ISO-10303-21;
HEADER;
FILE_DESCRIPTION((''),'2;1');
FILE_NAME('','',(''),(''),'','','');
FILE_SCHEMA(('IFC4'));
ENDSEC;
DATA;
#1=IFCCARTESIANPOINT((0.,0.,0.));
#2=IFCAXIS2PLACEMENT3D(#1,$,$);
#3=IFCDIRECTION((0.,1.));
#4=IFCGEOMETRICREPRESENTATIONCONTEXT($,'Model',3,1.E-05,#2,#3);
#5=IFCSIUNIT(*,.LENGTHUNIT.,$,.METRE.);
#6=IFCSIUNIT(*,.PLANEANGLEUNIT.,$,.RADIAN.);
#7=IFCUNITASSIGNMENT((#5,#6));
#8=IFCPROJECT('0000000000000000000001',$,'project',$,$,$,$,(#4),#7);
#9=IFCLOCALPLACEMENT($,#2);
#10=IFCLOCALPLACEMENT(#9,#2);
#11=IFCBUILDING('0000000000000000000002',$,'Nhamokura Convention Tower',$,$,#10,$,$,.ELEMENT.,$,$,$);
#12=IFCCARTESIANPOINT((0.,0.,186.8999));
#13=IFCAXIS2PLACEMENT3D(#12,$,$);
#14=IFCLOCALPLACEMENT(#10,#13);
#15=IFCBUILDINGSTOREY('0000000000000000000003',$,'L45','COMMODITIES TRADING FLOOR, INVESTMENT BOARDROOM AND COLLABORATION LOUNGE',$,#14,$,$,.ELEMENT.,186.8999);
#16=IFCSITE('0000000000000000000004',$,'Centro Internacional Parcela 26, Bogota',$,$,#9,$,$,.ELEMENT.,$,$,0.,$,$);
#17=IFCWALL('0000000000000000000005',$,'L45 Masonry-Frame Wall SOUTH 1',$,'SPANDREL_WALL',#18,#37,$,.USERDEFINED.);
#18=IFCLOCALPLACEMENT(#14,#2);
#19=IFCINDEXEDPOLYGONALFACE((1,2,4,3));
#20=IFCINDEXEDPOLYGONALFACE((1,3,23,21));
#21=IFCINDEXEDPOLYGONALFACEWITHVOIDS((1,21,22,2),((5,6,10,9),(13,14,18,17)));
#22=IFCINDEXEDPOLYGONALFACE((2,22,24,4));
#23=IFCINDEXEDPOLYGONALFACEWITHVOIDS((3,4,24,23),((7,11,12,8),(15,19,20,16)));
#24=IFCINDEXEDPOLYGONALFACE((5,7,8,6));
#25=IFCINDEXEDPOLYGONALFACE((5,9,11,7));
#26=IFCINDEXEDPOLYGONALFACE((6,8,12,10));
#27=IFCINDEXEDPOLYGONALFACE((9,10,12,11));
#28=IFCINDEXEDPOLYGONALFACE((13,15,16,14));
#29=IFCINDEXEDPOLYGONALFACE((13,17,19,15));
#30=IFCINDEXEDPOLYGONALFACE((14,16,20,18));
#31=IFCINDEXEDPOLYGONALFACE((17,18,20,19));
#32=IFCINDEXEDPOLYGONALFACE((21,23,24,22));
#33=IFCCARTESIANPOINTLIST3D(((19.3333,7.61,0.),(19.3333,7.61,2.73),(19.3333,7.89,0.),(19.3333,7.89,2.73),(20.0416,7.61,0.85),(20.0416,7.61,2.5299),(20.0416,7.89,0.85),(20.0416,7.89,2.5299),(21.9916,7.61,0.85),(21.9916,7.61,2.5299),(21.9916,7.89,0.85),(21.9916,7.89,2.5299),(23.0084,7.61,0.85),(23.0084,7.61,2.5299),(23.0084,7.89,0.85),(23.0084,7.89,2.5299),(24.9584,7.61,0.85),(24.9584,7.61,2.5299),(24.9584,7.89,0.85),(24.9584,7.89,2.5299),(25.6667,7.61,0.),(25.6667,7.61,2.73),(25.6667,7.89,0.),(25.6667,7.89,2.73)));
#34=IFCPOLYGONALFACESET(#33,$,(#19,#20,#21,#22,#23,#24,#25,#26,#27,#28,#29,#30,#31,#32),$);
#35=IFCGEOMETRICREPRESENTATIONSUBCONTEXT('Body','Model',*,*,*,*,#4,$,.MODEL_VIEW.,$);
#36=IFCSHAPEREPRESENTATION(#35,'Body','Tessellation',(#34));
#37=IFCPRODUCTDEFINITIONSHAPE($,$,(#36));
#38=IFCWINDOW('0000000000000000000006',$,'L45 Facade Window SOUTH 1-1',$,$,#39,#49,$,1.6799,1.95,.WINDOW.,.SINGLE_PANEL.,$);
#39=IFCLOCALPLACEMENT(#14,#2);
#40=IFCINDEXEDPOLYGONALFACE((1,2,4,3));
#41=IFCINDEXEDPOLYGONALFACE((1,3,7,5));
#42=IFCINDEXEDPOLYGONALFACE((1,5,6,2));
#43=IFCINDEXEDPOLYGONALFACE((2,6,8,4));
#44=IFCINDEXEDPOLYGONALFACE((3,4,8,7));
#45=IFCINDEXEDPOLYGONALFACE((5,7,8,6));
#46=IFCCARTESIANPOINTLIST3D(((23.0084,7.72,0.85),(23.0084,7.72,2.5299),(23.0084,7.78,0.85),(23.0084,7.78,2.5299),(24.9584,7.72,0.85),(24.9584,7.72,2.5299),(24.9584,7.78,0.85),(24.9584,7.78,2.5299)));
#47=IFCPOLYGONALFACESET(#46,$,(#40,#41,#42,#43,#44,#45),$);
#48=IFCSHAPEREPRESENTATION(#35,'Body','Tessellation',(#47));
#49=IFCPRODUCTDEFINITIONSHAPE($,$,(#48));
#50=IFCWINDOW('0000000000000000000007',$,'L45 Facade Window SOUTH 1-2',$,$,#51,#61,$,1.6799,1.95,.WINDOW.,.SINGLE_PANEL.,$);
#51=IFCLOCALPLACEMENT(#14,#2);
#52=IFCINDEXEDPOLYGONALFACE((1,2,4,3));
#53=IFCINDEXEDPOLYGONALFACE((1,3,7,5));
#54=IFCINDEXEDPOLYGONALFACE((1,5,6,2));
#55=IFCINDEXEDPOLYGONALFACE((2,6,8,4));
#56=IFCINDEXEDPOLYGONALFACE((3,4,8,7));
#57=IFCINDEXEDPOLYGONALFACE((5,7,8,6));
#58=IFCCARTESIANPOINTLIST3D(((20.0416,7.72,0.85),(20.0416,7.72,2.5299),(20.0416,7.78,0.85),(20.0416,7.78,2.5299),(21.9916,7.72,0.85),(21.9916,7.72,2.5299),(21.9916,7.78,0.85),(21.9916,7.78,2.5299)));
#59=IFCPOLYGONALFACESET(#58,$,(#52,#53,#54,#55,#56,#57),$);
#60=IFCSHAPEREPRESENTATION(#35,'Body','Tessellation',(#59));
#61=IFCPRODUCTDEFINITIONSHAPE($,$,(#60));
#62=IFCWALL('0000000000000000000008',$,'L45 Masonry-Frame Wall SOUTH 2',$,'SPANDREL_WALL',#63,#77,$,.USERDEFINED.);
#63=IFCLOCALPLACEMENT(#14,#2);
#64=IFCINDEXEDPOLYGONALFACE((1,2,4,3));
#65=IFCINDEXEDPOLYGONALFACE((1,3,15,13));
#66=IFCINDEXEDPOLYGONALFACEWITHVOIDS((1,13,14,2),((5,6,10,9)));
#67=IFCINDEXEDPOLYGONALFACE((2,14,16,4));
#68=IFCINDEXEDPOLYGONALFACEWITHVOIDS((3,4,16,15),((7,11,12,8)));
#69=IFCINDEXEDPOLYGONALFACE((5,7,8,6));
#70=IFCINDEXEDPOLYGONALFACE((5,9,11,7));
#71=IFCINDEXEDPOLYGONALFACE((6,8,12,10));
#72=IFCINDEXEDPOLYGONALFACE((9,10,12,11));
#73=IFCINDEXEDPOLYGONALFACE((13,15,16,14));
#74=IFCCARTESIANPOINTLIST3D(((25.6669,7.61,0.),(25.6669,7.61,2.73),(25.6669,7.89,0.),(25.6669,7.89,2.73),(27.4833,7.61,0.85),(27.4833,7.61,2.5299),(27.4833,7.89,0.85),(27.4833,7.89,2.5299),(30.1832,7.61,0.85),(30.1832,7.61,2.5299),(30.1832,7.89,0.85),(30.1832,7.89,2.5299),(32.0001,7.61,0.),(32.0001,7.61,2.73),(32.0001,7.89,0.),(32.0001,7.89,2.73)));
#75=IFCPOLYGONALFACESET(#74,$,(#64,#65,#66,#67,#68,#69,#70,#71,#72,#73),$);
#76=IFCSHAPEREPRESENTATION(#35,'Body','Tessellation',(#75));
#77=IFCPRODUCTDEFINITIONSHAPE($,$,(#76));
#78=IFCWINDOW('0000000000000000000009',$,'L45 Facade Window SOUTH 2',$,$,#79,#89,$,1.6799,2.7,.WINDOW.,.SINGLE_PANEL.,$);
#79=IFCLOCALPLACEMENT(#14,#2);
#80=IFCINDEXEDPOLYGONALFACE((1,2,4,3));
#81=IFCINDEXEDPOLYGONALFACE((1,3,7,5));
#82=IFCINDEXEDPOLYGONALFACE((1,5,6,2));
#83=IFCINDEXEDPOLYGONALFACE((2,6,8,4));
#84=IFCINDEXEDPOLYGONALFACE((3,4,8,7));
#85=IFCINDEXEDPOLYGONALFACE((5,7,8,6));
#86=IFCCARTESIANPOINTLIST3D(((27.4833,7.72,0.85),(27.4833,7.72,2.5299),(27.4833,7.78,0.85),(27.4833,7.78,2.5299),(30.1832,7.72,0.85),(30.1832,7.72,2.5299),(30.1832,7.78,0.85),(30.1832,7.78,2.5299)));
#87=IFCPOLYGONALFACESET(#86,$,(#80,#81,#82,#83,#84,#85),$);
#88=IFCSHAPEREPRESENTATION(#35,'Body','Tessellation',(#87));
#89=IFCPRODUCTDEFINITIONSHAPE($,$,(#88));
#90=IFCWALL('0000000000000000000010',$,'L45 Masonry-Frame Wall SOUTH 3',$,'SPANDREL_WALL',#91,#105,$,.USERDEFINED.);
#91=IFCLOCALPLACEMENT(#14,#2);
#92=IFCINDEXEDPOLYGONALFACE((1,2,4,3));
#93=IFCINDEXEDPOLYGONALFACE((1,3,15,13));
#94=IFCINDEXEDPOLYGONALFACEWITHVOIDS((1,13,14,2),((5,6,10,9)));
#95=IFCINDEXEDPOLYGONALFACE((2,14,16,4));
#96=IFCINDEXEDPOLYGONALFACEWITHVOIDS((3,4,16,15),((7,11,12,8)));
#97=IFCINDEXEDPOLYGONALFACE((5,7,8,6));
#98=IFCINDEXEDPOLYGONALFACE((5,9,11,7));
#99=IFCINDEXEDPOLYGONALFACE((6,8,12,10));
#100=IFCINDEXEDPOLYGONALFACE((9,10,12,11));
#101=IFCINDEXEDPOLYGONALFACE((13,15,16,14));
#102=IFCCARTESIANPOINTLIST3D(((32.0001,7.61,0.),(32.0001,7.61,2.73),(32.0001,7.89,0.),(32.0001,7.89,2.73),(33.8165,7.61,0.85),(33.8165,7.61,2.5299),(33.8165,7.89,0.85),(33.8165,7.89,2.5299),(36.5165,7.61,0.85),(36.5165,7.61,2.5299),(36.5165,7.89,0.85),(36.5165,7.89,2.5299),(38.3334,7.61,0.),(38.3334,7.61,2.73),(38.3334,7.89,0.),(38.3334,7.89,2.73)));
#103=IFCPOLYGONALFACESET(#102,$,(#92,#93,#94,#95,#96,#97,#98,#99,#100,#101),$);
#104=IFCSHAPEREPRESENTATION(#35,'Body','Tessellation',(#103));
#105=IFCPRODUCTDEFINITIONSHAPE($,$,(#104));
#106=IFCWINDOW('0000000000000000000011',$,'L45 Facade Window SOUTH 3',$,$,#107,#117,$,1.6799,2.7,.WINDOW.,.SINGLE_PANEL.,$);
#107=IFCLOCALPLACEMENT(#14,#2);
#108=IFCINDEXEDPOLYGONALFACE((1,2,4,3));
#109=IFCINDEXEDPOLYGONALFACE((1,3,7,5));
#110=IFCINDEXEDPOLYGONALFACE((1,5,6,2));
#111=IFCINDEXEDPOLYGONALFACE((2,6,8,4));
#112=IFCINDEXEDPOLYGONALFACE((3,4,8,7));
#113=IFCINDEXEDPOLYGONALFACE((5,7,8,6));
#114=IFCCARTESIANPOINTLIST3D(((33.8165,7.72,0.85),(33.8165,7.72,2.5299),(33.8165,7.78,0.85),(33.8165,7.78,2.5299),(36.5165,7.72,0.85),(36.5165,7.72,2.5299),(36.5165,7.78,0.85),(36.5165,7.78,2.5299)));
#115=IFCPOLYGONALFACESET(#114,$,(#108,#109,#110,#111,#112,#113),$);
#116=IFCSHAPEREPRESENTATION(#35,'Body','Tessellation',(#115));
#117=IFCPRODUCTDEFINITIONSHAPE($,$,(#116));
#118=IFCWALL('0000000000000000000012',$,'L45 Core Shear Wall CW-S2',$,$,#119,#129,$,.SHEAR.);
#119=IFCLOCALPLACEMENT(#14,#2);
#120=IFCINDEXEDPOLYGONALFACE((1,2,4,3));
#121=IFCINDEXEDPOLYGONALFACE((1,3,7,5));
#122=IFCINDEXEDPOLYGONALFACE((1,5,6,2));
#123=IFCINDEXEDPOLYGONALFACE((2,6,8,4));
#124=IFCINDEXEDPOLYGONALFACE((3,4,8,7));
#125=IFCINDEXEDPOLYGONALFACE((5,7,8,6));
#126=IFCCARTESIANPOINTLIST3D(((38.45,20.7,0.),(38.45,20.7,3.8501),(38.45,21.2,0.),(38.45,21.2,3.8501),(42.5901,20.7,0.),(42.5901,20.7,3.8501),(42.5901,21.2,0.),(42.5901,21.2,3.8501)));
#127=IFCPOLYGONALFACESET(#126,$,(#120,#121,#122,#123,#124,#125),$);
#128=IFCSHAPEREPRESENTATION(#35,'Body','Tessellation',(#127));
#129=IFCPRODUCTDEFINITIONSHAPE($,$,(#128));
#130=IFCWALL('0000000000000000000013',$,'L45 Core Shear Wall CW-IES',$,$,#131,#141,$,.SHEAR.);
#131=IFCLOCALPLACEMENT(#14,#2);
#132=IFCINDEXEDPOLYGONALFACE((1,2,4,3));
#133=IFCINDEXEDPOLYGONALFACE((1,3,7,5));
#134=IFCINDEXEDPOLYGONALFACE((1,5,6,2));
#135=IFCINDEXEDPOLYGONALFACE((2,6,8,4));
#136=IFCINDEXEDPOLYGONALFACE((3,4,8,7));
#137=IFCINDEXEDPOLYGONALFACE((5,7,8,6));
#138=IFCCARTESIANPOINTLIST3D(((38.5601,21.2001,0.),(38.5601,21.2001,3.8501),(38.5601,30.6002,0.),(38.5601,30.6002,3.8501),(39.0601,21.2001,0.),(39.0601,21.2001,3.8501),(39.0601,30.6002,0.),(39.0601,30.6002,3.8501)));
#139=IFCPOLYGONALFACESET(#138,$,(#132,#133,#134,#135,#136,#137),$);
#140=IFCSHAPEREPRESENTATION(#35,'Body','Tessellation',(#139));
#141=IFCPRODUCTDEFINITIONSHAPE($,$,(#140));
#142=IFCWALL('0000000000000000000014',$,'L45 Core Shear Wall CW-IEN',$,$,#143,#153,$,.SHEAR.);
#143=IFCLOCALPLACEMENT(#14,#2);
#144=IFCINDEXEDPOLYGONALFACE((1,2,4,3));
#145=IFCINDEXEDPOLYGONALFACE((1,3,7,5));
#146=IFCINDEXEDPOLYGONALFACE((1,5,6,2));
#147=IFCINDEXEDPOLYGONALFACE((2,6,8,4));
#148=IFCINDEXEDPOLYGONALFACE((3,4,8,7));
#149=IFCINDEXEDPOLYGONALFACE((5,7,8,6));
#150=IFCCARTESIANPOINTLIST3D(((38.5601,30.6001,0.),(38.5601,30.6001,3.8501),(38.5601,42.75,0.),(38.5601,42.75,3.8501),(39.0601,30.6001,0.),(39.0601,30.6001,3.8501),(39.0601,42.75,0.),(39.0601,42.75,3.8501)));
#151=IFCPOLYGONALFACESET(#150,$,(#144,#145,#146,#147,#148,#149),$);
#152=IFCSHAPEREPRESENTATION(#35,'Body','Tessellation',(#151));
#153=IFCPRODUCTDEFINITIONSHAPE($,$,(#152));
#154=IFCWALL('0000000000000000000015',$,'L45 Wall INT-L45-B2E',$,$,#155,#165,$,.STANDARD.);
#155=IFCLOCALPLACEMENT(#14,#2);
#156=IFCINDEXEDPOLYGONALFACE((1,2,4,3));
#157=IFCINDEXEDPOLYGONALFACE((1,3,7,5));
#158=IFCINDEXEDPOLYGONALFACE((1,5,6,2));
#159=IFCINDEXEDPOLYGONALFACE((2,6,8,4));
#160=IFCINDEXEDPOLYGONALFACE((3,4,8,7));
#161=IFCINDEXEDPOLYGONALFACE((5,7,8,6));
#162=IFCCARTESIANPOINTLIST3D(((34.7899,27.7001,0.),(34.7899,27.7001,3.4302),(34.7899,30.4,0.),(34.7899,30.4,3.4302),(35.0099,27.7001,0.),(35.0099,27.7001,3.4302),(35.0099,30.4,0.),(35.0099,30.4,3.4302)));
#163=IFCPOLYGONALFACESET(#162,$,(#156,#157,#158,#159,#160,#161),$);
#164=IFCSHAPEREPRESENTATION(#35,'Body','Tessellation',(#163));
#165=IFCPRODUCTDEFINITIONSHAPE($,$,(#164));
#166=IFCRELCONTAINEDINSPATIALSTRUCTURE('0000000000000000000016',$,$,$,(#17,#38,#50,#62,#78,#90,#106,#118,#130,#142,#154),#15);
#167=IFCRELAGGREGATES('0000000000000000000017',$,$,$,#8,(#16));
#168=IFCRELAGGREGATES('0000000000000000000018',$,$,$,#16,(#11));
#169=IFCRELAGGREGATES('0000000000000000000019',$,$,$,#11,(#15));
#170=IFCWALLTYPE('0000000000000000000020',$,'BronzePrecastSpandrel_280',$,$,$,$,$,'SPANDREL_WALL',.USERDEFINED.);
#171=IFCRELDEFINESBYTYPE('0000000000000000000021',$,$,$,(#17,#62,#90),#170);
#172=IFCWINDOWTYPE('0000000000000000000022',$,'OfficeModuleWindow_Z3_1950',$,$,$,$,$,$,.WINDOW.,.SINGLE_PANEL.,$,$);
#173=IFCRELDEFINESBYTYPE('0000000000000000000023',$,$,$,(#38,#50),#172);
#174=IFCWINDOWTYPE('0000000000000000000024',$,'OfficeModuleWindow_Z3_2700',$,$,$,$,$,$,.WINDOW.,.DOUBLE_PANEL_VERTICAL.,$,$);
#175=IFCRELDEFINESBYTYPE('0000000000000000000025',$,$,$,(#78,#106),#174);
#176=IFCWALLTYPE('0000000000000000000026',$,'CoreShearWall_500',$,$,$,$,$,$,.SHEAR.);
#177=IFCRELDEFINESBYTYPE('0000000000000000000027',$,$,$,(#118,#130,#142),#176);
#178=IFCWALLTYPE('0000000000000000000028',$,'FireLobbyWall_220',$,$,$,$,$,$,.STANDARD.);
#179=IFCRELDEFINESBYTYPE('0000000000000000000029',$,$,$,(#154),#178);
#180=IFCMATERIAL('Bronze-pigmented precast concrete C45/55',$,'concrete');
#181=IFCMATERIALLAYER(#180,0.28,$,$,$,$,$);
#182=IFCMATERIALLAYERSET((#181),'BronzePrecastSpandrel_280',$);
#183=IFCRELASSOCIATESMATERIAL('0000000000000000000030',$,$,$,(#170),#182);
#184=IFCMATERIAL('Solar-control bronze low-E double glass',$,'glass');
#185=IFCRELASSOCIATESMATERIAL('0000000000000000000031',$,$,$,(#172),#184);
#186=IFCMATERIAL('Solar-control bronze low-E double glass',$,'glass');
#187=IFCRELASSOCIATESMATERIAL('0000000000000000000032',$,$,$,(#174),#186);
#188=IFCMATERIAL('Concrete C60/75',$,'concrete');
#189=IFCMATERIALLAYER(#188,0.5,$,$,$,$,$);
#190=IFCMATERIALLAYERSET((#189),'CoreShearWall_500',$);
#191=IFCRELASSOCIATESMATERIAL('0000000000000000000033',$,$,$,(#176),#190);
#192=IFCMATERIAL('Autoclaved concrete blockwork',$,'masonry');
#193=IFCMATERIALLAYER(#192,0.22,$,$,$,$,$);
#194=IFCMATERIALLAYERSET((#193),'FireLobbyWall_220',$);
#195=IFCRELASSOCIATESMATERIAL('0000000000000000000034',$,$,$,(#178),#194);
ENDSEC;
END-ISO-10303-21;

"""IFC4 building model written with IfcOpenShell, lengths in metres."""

from ifc_helpers import new_model, si_unit, direction, frame, frame_2d, origin, place, context, subcontext, project, spatial, rectangle, extrude, material, layer, layer_set, type_object, element, fill, save


model = new_model("IFC4")

# Units and contexts
model_context = context("Model", 3, precision=1e-05, world=origin(), true_north=direction((0.0, 1.0)))
body_context = subcontext(model_context, "Body", "Model", "MODEL_VIEW")
ifc_project = project(units=[si_unit("LENGTHUNIT", "METRE"), si_unit("PLANEANGLEUNIT", "RADIAN")], contexts=[model_context])

# Site, building, storey
site_placement = place(None, origin())
site = spatial("IfcSite", under=ifc_project, at=site_placement, Name="Centro Internacional Parcela 26, Bogota", CompositionType="ELEMENT", RefElevation=0.0)
building_placement = place(site_placement, origin())
building = spatial("IfcBuilding", under=site, at=building_placement, Name="Nhamokura Convention Tower", CompositionType="ELEMENT")
storey_placement = place(building_placement, frame((0.0, 0.0, 186.8999)))
storey = spatial("IfcBuildingStorey", under=building, at=storey_placement, Name="L45", Description="COMMODITIES TRADING FLOOR, INVESTMENT BOARDROOM AND COLLABORATION LOUNGE", CompositionType="ELEMENT", Elevation=186.8999)

# Wall, openings, windows
ifc_material_1 = material(Name="Bronze-pigmented precast concrete C45/55", Category="concrete")
ifc_layer_1 = layer(ifc_material_1, 0.28)
ifc_layer_set_1 = layer_set([ifc_layer_1], Name="BronzePrecastSpandrel_280")
wall_type_1 = type_object("IfcWallType", Name="BronzePrecastSpandrel_280", ElementType="SPANDREL_WALL", PredefinedType="USERDEFINED", material=ifc_layer_set_1)
wall_1_placement = place(storey_placement, frame((25.6667, 7.75, 0.0), z_axis=(0.0, 0.0, 1.0), x_axis=(-1.0, 0.0, 0.0)))
wall_1 = element("IfcWall", 1, at=wall_1_placement, inside=storey, type_object=wall_type_1, Name="L45 Masonry-Frame Wall SOUTH 1", ObjectType="SPANDREL_WALL", PredefinedType="USERDEFINED", context=body_context, shape_type="SweptSolid", body=[
    extrude(rectangle(XDim=6.3335, YDim=0.28, at=frame_2d((3.1667, 0.0))), origin(), (0.0, 0.0, 1.0), 2.73),
])
opening_1_placement = place(wall_1_placement, frame((0.7083, 0.0, 0.8501)))
opening_1 = element("IfcOpeningElement", 2, at=opening_1_placement, cuts=wall_1, PredefinedType="OPENING", context=body_context, shape_type="SweptSolid", body=[
    extrude(rectangle(XDim=1.95, YDim=1.6799, at=frame_2d((0.9751, 0.8398))), frame((0.0, 0.1499, 0.0), z_axis=(0.0, -1.0, 0.0), x_axis=(1.0, 0.0, 0.0)), (0.0, 0.0, 1.0), 0.3),
])
opening_2_placement = place(wall_1_placement, frame((3.675, 0.0, 0.8501)))
opening_2 = element("IfcOpeningElement", 3, at=opening_2_placement, cuts=wall_1, PredefinedType="OPENING", context=body_context, shape_type="SweptSolid", body=[
    extrude(rectangle(XDim=1.95, YDim=1.6799, at=frame_2d((0.9751, 0.8398))), frame((0.0, 0.1499, 0.0), z_axis=(0.0, -1.0, 0.0), x_axis=(1.0, 0.0, 0.0)), (0.0, 0.0, 1.0), 0.3),
])
ifc_material_2 = material(Name="Solar-control bronze low-E double glass", Category="glass")
window_type_1 = type_object("IfcWindowType", Name="OfficeModuleWindow_Z3_1950", PartitioningType="SINGLE_PANEL", PredefinedType="WINDOW", material=ifc_material_2)
window_1_placement = place(opening_1_placement, origin())
window_1 = element("IfcWindow", 4, at=window_1_placement, inside=storey, type_object=window_type_1, Name="L45 Facade Window SOUTH 1-1", OverallHeight=1.6799, OverallWidth=1.95, PartitioningType="SINGLE_PANEL", PredefinedType="WINDOW", context=body_context, shape_type="SweptSolid", body=[
    extrude(rectangle(XDim=1.95, YDim=1.6799, at=frame_2d((0.9751, 0.8398))), frame((0.0, 0.03, 0.0), z_axis=(0.0, -1.0, 0.0), x_axis=(1.0, 0.0, 0.0)), (0.0, 0.0, 1.0), 0.0601),
])
fill(opening_1, window_1)
window_2_placement = place(opening_2_placement, origin())
window_2 = element("IfcWindow", 5, at=window_2_placement, inside=storey, type_object=window_type_1, Name="L45 Facade Window SOUTH 1-2", OverallHeight=1.6799, OverallWidth=1.95, PartitioningType="SINGLE_PANEL", PredefinedType="WINDOW", context=body_context, shape_type="SweptSolid", body=[
    extrude(rectangle(XDim=1.95, YDim=1.6799, at=frame_2d((0.9751, 0.8398))), frame((0.0, 0.03, 0.0), z_axis=(0.0, -1.0, 0.0), x_axis=(1.0, 0.0, 0.0)), (0.0, 0.0, 1.0), 0.0601),
])
fill(opening_2, window_2)

# Walls, openings, windows
wall_2_placement = place(storey_placement, frame((32.0, 7.75, 0.0), z_axis=(0.0, 0.0, 1.0), x_axis=(-1.0, 0.0, 0.0)))
wall_2 = element("IfcWall", 6, at=wall_2_placement, inside=storey, type_object=wall_type_1, Name="L45 Masonry-Frame Wall SOUTH 2", ObjectType="SPANDREL_WALL", PredefinedType="USERDEFINED", context=body_context, shape_type="SweptSolid", body=[
    extrude(rectangle(XDim=6.3333, YDim=0.28, at=frame_2d((3.1665, 0.0))), origin(), (0.0, 0.0, 1.0), 2.73),
])
opening_3_placement = place(wall_2_placement, frame((1.8167, 0.0, 0.8501)))
opening_3 = element("IfcOpeningElement", 7, at=opening_3_placement, cuts=wall_2, PredefinedType="OPENING", context=body_context, shape_type="SweptSolid", body=[
    extrude(rectangle(XDim=2.7, YDim=1.6799, at=frame_2d((1.3501, 0.8398))), frame((0.0, 0.1499, 0.0), z_axis=(0.0, -1.0, 0.0), x_axis=(1.0, 0.0, 0.0)), (0.0, 0.0, 1.0), 0.3),
])
ifc_material_3 = material(Name="Solar-control bronze low-E double glass", Category="glass")
window_type_2 = type_object("IfcWindowType", Name="OfficeModuleWindow_Z3_2700", PartitioningType="DOUBLE_PANEL_VERTICAL", PredefinedType="WINDOW", material=ifc_material_3)
window_3_placement = place(opening_3_placement, origin())
window_3 = element("IfcWindow", 8, at=window_3_placement, inside=storey, type_object=window_type_2, Name="L45 Facade Window SOUTH 2", OverallHeight=1.6799, OverallWidth=2.7, PartitioningType="SINGLE_PANEL", PredefinedType="WINDOW", context=body_context, shape_type="SweptSolid", body=[
    extrude(rectangle(XDim=2.7, YDim=1.6799, at=frame_2d((1.3501, 0.8398))), frame((0.0, 0.03, 0.0), z_axis=(0.0, -1.0, 0.0), x_axis=(1.0, 0.0, 0.0)), (0.0, 0.0, 1.0), 0.0601),
])
fill(opening_3, window_3)
wall_3_placement = place(storey_placement, frame((38.3333, 7.75, 0.0), z_axis=(0.0, 0.0, 1.0), x_axis=(-1.0, 0.0, 0.0)))
wall_3 = element("IfcWall", 9, at=wall_3_placement, inside=storey, type_object=wall_type_1, Name="L45 Masonry-Frame Wall SOUTH 3", ObjectType="SPANDREL_WALL", PredefinedType="USERDEFINED", context=body_context, shape_type="SweptSolid", body=[
    extrude(rectangle(XDim=6.3333, YDim=0.28, at=frame_2d((3.1665, 0.0))), origin(), (0.0, 0.0, 1.0), 2.73),
])
opening_4_placement = place(wall_3_placement, frame((1.8167, 0.0, 0.8501)))
opening_4 = element("IfcOpeningElement", 10, at=opening_4_placement, cuts=wall_3, PredefinedType="OPENING", context=body_context, shape_type="SweptSolid", body=[
    extrude(rectangle(XDim=2.7, YDim=1.6799, at=frame_2d((1.3501, 0.8398))), frame((0.0, 0.1499, 0.0), z_axis=(0.0, -1.0, 0.0), x_axis=(1.0, 0.0, 0.0)), (0.0, 0.0, 1.0), 0.3),
])
window_4_placement = place(opening_4_placement, origin())
window_4 = element("IfcWindow", 11, at=window_4_placement, inside=storey, type_object=window_type_2, Name="L45 Facade Window SOUTH 3", OverallHeight=1.6799, OverallWidth=2.7, PartitioningType="SINGLE_PANEL", PredefinedType="WINDOW", context=body_context, shape_type="SweptSolid", body=[
    extrude(rectangle(XDim=2.7, YDim=1.6799, at=frame_2d((1.3501, 0.8398))), frame((0.0, 0.03, 0.0), z_axis=(0.0, -1.0, 0.0), x_axis=(1.0, 0.0, 0.0)), (0.0, 0.0, 1.0), 0.0601),
])
fill(opening_4, window_4)

# Walls
ifc_material_4 = material(Name="Concrete C60/75", Category="concrete")
ifc_layer_2 = layer(ifc_material_4, 0.5)
ifc_layer_set_2 = layer_set([ifc_layer_2], Name="CoreShearWall_500")
wall_type_2 = type_object("IfcWallType", Name="CoreShearWall_500", PredefinedType="SHEAR", material=ifc_layer_set_2)
wall_4_placement = place(storey_placement, frame((38.45, 20.95, 0.0), z_axis=(0.0, 0.0, 1.0), x_axis=(1.0, 0.0, 0.0)))
element("IfcWall", 12, at=wall_4_placement, inside=storey, type_object=wall_type_2, Name="L45 Core Shear Wall CW-S2", PredefinedType="SHEAR", context=body_context, shape_type="SweptSolid", body=[
    extrude(rectangle(XDim=4.1401, YDim=0.5, at=frame_2d((2.0701, 0.0))), origin(), (0.0, 0.0, 1.0), 3.8501),
])
wall_5_placement = place(storey_placement, frame((38.8101, 21.2, 0.0), z_axis=(0.0, 0.0, 1.0), x_axis=(0.0, 1.0, 0.0)))
element("IfcWall", 13, at=wall_5_placement, inside=storey, type_object=wall_type_2, Name="L45 Core Shear Wall CW-IES", PredefinedType="SHEAR", context=body_context, shape_type="SweptSolid", body=[
    extrude(rectangle(XDim=9.4001, YDim=0.5, at=frame_2d((4.7002, 0.0))), origin(), (0.0, 0.0, 1.0), 3.8501),
])
wall_6_placement = place(storey_placement, frame((38.8101, 30.6001, 0.0), z_axis=(0.0, 0.0, 1.0), x_axis=(0.0, 1.0, 0.0)))
element("IfcWall", 14, at=wall_6_placement, inside=storey, type_object=wall_type_2, Name="L45 Core Shear Wall CW-IEN", PredefinedType="SHEAR", context=body_context, shape_type="SweptSolid", body=[
    extrude(rectangle(XDim=12.1499, YDim=0.5, at=frame_2d((6.075, 0.0))), origin(), (0.0, 0.0, 1.0), 3.8501),
])

# Shared definitions
ifc_material_5 = material(Name="Autoclaved concrete blockwork", Category="masonry")
ifc_layer_3 = layer(ifc_material_5, 0.22)
ifc_layer_set_3 = layer_set([ifc_layer_3], Name="FireLobbyWall_220")
wall_type_3 = type_object("IfcWallType", Name="FireLobbyWall_220", PredefinedType="STANDARD", material=ifc_layer_set_3)

# Wall
wall_7_placement = place(storey_placement, frame((34.8999, 27.7, 0.0), z_axis=(0.0, 0.0, 1.0), x_axis=(0.0, 1.0, 0.0)))
element("IfcWall", 15, at=wall_7_placement, inside=storey, type_object=wall_type_3, Name="L45 Wall INT-L45-B2E", PredefinedType="STANDARD", context=body_context, shape_type="SweptSolid", body=[
    extrude(rectangle(XDim=2.7, YDim=0.22, at=frame_2d((1.3501, 0.0))), origin(), (0.0, 0.0, 1.0), 3.4302),
])

save(model, "model.ifc")
